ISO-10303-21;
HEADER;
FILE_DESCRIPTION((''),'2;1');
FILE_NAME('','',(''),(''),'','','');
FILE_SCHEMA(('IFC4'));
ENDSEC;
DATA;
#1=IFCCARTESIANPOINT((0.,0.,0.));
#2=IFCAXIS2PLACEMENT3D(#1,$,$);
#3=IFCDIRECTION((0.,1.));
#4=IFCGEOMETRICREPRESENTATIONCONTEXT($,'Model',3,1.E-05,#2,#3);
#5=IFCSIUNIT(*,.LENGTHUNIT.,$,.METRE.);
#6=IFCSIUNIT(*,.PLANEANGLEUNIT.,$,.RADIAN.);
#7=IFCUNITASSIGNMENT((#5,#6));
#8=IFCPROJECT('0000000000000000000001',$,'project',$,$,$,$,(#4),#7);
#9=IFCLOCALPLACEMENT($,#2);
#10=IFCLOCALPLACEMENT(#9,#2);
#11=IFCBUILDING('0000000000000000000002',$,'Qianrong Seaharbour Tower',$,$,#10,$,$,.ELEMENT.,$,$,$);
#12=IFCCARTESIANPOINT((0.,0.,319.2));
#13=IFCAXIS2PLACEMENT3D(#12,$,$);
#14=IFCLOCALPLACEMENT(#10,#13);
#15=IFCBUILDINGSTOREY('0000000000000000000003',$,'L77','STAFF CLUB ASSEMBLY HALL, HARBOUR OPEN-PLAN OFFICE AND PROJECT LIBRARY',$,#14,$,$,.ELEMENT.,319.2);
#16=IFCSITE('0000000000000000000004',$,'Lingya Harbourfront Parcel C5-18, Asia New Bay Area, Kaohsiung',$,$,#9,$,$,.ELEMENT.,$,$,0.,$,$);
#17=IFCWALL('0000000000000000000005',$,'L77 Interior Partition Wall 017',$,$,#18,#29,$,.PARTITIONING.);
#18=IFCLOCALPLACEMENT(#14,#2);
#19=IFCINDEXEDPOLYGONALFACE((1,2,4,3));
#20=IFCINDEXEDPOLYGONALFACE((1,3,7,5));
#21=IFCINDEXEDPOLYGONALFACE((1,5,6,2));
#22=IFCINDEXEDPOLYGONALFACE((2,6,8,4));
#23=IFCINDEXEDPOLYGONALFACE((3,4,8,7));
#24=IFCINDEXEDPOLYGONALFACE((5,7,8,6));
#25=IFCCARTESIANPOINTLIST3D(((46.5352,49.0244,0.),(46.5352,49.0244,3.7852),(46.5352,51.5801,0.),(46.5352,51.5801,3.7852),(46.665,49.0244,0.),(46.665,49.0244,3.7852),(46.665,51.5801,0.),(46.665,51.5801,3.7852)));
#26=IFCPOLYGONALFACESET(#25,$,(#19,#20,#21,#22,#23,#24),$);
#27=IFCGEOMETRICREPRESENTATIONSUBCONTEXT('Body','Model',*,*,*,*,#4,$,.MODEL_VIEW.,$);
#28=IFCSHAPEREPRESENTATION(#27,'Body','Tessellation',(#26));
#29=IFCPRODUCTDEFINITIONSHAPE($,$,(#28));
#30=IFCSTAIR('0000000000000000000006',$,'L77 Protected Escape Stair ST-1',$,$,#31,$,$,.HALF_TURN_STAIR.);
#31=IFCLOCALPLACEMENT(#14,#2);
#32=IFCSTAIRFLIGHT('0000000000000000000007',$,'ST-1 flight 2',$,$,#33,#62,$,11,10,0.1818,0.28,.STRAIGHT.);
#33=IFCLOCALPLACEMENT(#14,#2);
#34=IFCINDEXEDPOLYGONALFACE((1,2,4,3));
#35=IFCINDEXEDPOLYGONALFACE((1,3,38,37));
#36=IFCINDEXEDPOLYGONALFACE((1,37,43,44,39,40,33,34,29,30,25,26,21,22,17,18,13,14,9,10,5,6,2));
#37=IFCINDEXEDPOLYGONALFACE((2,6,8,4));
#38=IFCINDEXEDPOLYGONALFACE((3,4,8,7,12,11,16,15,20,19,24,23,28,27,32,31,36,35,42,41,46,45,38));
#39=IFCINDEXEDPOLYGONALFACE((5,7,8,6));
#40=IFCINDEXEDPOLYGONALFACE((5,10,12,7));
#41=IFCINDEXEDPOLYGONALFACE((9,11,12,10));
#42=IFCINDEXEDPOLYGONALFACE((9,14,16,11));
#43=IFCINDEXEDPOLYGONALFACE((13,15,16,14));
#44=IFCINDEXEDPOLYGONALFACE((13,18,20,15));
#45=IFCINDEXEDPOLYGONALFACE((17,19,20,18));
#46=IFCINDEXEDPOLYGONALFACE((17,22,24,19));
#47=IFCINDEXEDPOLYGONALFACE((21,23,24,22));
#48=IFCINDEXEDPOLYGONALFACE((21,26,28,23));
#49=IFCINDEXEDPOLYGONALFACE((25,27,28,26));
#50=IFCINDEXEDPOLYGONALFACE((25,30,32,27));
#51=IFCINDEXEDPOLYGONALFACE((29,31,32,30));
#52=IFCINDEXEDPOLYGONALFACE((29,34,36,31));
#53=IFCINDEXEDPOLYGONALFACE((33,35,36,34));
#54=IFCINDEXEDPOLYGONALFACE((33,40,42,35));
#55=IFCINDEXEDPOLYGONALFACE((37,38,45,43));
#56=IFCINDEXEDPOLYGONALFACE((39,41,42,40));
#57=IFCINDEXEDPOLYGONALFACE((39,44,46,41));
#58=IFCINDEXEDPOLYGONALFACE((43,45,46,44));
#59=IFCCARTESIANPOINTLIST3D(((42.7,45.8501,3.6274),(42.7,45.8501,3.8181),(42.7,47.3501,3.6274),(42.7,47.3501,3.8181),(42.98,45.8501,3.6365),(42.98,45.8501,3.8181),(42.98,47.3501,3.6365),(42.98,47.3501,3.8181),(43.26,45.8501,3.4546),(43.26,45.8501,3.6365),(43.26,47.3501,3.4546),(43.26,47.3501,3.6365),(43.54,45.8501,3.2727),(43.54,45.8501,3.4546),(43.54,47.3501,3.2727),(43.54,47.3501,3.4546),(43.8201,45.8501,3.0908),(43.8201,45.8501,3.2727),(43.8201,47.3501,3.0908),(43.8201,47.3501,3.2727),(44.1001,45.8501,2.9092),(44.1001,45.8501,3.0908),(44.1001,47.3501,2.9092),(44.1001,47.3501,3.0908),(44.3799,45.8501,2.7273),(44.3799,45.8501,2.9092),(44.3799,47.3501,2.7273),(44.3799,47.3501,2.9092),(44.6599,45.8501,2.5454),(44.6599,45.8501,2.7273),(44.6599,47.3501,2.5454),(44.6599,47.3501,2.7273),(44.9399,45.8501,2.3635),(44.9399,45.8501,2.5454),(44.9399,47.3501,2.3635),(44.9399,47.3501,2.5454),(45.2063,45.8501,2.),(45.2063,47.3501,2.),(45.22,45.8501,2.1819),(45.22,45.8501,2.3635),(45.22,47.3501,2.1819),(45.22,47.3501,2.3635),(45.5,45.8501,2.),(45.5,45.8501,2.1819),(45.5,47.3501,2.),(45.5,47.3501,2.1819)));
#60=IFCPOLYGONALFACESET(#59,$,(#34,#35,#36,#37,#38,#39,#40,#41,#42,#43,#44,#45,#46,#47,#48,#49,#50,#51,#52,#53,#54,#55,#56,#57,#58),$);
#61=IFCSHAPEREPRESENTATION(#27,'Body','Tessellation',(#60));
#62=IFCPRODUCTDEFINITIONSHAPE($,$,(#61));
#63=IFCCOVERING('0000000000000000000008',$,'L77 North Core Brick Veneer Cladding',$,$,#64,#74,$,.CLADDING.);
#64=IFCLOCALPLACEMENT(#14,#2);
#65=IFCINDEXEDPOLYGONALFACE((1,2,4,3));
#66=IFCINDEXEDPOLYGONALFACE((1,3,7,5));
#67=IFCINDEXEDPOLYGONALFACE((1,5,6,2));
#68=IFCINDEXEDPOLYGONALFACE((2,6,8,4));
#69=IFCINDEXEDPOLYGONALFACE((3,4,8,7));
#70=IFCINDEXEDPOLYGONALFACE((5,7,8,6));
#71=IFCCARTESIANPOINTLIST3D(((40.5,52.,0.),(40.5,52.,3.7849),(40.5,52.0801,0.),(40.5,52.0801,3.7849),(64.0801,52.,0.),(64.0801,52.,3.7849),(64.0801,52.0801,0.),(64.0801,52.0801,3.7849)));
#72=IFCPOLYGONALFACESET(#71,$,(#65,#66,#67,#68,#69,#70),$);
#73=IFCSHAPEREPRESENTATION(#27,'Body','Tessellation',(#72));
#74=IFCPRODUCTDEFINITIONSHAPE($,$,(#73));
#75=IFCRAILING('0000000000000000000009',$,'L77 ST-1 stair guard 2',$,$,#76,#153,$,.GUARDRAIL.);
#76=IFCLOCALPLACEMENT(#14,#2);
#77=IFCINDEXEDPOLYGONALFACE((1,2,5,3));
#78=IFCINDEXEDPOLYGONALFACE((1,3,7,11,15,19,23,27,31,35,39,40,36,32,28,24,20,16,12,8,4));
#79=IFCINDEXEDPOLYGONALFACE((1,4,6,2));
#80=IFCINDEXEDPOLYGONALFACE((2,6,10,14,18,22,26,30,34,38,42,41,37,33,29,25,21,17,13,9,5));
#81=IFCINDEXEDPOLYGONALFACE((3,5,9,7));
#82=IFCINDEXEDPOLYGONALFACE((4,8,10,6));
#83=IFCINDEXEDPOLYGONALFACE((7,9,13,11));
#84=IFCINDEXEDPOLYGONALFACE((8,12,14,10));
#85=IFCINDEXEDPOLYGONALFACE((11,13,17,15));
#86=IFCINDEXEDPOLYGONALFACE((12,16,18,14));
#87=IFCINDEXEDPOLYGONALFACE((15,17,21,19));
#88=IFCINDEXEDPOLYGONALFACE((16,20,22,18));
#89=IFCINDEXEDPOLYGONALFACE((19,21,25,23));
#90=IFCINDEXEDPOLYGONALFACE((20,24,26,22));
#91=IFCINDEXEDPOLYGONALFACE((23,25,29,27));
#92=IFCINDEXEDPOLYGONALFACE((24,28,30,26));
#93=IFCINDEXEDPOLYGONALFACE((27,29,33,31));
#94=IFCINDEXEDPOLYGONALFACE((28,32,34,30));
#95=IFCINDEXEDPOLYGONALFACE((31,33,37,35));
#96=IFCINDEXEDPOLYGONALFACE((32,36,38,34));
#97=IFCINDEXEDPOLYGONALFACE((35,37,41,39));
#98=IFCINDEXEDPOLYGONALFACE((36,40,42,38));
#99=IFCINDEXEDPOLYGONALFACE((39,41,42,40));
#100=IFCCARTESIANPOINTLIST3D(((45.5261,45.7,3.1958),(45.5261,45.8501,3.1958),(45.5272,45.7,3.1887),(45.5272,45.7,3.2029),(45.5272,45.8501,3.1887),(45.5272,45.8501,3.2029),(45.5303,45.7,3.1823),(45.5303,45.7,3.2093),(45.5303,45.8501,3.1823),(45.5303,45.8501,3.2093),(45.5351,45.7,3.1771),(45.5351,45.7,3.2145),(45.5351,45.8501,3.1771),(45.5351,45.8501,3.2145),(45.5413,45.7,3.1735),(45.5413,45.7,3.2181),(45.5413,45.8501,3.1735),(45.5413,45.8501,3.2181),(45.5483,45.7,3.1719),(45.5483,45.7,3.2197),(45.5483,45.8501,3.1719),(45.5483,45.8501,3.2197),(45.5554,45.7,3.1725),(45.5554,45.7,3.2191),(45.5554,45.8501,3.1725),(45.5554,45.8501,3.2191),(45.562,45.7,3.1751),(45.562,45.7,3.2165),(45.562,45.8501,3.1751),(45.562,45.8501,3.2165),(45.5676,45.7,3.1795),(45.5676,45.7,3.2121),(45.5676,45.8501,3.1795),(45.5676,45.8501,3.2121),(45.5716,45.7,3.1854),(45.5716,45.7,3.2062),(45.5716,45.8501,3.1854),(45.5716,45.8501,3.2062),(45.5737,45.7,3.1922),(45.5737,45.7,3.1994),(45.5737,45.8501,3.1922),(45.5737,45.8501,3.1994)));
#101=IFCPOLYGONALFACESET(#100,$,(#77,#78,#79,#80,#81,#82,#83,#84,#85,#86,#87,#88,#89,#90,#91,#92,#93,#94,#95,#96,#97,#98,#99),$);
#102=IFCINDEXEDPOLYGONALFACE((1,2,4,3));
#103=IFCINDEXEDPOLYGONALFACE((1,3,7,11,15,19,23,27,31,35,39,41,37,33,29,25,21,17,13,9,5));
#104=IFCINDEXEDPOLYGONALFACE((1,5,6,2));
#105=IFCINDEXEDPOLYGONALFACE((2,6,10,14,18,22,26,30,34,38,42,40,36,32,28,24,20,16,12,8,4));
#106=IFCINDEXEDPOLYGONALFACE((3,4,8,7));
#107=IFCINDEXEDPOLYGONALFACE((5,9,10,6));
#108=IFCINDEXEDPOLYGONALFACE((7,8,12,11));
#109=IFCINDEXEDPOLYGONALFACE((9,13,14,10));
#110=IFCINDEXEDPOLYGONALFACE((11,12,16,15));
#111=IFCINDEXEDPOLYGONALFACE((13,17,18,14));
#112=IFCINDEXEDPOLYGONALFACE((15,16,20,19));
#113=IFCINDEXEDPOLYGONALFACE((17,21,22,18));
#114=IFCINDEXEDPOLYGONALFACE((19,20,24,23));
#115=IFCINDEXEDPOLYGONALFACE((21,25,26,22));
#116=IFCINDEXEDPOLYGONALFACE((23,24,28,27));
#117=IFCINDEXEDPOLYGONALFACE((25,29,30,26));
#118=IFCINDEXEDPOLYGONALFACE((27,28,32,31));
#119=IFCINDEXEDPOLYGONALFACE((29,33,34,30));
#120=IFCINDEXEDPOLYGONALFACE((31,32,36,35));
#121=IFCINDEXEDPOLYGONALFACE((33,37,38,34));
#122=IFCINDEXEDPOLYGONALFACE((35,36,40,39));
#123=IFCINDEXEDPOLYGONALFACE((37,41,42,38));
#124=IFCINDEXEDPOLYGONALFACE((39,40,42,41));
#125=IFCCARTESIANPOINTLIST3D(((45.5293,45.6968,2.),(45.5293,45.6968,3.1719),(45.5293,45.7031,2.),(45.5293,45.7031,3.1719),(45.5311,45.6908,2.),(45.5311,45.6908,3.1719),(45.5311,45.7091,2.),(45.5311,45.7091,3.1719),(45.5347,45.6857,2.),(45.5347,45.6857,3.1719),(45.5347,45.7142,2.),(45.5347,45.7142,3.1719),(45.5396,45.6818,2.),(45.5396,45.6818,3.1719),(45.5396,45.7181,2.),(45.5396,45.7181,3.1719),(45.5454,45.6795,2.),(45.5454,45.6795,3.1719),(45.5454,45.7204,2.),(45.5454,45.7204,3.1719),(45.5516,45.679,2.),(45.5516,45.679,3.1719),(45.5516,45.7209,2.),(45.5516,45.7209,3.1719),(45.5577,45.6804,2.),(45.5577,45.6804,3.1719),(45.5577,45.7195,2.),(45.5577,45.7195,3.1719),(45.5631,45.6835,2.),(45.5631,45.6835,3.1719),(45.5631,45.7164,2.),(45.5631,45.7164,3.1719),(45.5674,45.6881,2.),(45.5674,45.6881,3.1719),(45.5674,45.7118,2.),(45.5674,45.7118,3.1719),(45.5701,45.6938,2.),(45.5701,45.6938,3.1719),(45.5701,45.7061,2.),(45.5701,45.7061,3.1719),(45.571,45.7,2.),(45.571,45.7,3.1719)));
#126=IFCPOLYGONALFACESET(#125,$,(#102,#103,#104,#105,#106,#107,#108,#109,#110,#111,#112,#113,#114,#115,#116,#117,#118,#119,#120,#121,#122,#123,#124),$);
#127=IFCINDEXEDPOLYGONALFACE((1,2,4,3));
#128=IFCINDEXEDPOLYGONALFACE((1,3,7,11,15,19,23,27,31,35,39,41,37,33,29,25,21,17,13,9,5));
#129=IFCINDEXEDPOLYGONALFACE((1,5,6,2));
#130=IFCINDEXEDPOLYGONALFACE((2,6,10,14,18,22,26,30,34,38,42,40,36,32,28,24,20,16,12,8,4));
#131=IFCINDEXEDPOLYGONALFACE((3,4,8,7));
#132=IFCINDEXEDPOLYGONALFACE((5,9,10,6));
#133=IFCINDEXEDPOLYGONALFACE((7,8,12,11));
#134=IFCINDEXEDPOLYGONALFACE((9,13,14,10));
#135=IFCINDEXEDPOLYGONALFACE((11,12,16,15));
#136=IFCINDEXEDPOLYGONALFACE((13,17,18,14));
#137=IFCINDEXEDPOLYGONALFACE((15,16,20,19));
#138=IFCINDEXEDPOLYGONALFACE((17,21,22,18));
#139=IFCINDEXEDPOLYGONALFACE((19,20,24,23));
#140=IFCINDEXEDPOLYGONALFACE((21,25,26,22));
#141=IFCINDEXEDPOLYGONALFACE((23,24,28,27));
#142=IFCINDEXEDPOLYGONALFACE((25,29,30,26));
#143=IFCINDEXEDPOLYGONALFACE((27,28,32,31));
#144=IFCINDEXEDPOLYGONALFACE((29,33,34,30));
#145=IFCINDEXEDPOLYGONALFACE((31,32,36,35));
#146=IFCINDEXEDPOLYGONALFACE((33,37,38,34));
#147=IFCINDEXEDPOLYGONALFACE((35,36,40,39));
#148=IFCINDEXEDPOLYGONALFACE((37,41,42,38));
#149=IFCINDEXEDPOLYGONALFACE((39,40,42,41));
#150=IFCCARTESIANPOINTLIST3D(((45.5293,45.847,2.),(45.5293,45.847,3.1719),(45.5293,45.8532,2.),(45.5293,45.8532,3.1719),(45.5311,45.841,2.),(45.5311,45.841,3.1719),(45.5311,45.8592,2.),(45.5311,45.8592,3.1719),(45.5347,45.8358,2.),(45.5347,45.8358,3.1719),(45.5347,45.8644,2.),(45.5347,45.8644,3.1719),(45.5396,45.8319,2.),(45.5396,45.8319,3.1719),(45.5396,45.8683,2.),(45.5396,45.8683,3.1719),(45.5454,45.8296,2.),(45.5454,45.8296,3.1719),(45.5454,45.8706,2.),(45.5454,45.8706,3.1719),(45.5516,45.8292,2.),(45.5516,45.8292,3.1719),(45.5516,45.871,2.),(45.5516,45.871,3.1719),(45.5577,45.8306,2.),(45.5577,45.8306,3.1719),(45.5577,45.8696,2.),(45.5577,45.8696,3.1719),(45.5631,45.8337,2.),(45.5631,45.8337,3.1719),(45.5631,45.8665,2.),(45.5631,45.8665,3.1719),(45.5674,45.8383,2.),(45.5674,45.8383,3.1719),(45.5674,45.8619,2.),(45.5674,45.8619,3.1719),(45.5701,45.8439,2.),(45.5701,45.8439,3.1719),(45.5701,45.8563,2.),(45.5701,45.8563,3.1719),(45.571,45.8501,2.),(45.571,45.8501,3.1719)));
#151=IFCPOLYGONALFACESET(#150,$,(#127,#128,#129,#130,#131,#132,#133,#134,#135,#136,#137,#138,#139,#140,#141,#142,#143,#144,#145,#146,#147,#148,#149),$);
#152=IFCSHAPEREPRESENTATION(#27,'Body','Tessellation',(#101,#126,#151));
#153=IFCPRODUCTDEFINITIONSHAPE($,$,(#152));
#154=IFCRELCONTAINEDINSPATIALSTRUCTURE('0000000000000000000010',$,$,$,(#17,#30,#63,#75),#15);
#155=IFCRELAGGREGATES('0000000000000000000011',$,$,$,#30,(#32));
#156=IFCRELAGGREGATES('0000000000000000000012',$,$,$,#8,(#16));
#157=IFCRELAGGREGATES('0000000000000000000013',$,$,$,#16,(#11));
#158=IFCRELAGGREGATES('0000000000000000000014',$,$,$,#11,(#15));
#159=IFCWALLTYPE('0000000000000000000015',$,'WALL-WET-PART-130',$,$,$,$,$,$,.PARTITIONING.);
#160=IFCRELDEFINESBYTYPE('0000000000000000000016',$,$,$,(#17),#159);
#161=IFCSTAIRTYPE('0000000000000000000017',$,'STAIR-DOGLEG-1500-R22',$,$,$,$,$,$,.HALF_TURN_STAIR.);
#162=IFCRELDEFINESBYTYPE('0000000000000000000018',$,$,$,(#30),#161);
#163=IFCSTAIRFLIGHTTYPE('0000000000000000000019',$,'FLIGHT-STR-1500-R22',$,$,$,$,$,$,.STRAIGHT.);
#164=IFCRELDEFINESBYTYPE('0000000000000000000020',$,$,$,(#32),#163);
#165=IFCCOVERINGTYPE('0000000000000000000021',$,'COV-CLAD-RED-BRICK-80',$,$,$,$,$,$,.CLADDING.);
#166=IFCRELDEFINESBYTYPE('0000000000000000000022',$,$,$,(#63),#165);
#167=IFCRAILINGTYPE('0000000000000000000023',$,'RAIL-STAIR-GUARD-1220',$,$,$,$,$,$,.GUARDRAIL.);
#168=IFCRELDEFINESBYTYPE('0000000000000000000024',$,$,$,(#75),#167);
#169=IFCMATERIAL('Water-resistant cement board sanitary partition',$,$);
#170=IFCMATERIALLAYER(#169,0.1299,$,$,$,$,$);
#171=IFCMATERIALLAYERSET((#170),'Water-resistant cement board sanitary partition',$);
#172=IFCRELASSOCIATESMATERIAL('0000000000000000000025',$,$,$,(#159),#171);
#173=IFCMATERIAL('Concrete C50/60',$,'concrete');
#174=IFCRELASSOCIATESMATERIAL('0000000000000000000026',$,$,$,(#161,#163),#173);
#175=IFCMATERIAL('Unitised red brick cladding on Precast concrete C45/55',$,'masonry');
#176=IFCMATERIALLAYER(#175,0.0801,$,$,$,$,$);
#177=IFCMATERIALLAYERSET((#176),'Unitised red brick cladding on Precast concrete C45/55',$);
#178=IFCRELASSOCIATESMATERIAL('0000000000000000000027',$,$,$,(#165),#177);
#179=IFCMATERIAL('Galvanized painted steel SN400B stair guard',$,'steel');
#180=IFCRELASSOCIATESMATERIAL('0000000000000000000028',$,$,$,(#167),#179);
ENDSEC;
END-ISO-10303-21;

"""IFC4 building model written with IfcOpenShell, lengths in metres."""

from ifc_helpers import new_model, si_unit, direction, frame, frame_2d, origin, origin_2d, place, context, subcontext, project, spatial, polyline, rectangle, circle, outline, extrude, material, layer, layer_set, type_object, element, aggregate, save


model = new_model("IFC4")

# Units and contexts
model_context = context("Model", 3, precision=1e-05, world=origin(), true_north=direction((0.0, 1.0)))
body_context = subcontext(model_context, "Body", "Model", "MODEL_VIEW")
ifc_project = project(units=[si_unit("LENGTHUNIT", "METRE"), si_unit("PLANEANGLEUNIT", "RADIAN")], contexts=[model_context])

# Site, building, storey
site_placement = place(None, origin())
site = spatial("IfcSite", under=ifc_project, at=site_placement, Name="Lingya Harbourfront Parcel C5-18, Asia New Bay Area, Kaohsiung", CompositionType="ELEMENT", RefElevation=0.0)
building_placement = place(site_placement, origin())
building = spatial("IfcBuilding", under=site, at=building_placement, Name="Qianrong Seaharbour Tower", CompositionType="ELEMENT")
storey_placement = place(building_placement, frame((0.0, 0.0, 319.2)))
storey = spatial("IfcBuildingStorey", under=building, at=storey_placement, Name="L77", Description="STAFF CLUB ASSEMBLY HALL, HARBOUR OPEN-PLAN OFFICE AND PROJECT LIBRARY", CompositionType="ELEMENT", Elevation=319.2)

# Shared definitions
ifc_material_1 = material(Name="Concrete C50/60", Category="concrete")

# Shared definitions
ifc_material_2 = material(Name="Water-resistant cement board sanitary partition")
ifc_layer_1 = layer(ifc_material_2, 0.1299)
ifc_layer_set_1 = layer_set([ifc_layer_1], Name="Water-resistant cement board sanitary partition")
wall_type_1 = type_object("IfcWallType", Name="WALL-WET-PART-130", PredefinedType="PARTITIONING", material=ifc_layer_set_1)

# Wall
wall_1_placement = place(storey_placement, frame((46.6001, 51.5801, 0.0), z_axis=(0.0, 0.0, 1.0), x_axis=(0.0, -1.0, 0.0)))
element("IfcWall", 1, at=wall_1_placement, inside=storey, type_object=wall_type_1, Name="L77 Interior Partition Wall 017", PredefinedType="PARTITIONING", context=body_context, shape_type="SweptSolid", body=[
    extrude(rectangle(XDim=2.5557, YDim=0.1299, at=frame_2d((1.2778, 0.0))), origin(), (0.0, 0.0, 1.0), 3.7852),
])

# Stair, stair flight
stair_type = type_object("IfcStairType", Name="STAIR-DOGLEG-1500-R22", PredefinedType="HALF_TURN_STAIR", material=ifc_material_1)
stair_placement = place(storey_placement, origin())
stair = element("IfcStair", 2, at=stair_placement, inside=storey, type_object=stair_type, Name="L77 Protected Escape Stair ST-1", PredefinedType="HALF_TURN_STAIR")
stair_flight_type = type_object("IfcStairFlightType", Name="FLIGHT-STR-1500-R22", PredefinedType="STRAIGHT", material=ifc_material_1)
stair_flight_placement = place(storey_placement, frame((45.5, 46.6001, 2.0), z_axis=(0.0, 0.0, 1.0), x_axis=(-1.0, 0.0, 0.0)))
stair_flight = element("IfcStairFlight", 3, at=stair_flight_placement, type_object=stair_flight_type, Name="ST-1 flight 2", NumberOfRisers=11, NumberOfTreads=10, PredefinedType="STRAIGHT", RiserHeight=0.1818, TreadLength=0.28, context=body_context, shape_type="SweptSolid", body=[
    extrude(outline(polyline([(0.0, 0.0), (0.0, 0.1819), (0.28, 0.1819), (0.28, 0.3635), (0.5601, 0.3635), (0.5601, 0.5454), (0.8401, 0.5454), (0.8401, 0.7273), (1.1201, 0.7273), (1.1201, 0.9092), (1.3999, 0.9092), (1.3999, 1.0908), (1.6799, 1.0908), (1.6799, 1.2727), (1.96, 1.2727), (1.96, 1.4546), (2.24, 1.4546), (2.24, 1.6365), (2.52, 1.6365), (2.52, 1.8181), (2.8, 1.8181), (2.8, 2.0), (2.8, 1.6274), (0.2937, 0.0), (0.0, 0.0)])), frame((0.0, 0.75, 0.0), z_axis=(0.0, -1.0, 0.0), x_axis=(1.0, 0.0, 0.0)), (0.0, 0.0, 1.0), 1.5),
])
aggregate(stair, [stair_flight])

# Covering
ifc_material_3 = material(Name="Unitised red brick cladding on Precast concrete C45/55", Category="masonry")
ifc_layer_2 = layer(ifc_material_3, 0.0801)
ifc_layer_set_2 = layer_set([ifc_layer_2], Name="Unitised red brick cladding on Precast concrete C45/55")
covering_type = type_object("IfcCoveringType", Name="COV-CLAD-RED-BRICK-80", PredefinedType="CLADDING", material=ifc_layer_set_2)
covering_placement = place(storey_placement, frame((52.29, 52.04, 0.0), z_axis=(0.0, 0.0, 1.0), x_axis=(1.0, 0.0, 0.0)))
element("IfcCovering", 4, at=covering_placement, inside=storey, type_object=covering_type, Name="L77 North Core Brick Veneer Cladding", PredefinedType="CLADDING", context=body_context, shape_type="SweptSolid", body=[
    extrude(rectangle(XDim=23.5801, YDim=0.0801, at=origin_2d()), origin(), (0.0, 0.0, 1.0), 3.7849),
])

# Railing
ifc_material_4 = material(Name="Galvanized painted steel SN400B stair guard", Category="steel")
railing_type_1 = type_object("IfcRailingType", Name="RAIL-STAIR-GUARD-1220", PredefinedType="GUARDRAIL", material=ifc_material_4)
railing_1_placement = place(storey_placement, frame((45.55, 45.7, 2.0)))
element("IfcRailing", 5, at=railing_1_placement, inside=storey, type_object=railing_type_1, Name="L77 ST-1 stair guard 2", PredefinedType="GUARDRAIL", context=body_context, shape_type="SweptSolid", body=[
    extrude(circle(Radius=0.0239, at=origin_2d()), frame((0.0, 0.0, 1.1958), z_axis=(0.0, 1.0, 0.0), x_axis=(-1.0, 0.0, 0.0)), (0.0, 0.0, 1.0), 0.1501),
    extrude(circle(Radius=0.021, at=origin_2d()), origin(), (0.0, 0.0, 1.0), 1.1719),
    extrude(circle(Radius=0.021, at=origin_2d()), frame((0.0, 0.1501, 0.0)), (0.0, 0.0, 1.0), 1.1719),
])

save(model, "model.ifc")
